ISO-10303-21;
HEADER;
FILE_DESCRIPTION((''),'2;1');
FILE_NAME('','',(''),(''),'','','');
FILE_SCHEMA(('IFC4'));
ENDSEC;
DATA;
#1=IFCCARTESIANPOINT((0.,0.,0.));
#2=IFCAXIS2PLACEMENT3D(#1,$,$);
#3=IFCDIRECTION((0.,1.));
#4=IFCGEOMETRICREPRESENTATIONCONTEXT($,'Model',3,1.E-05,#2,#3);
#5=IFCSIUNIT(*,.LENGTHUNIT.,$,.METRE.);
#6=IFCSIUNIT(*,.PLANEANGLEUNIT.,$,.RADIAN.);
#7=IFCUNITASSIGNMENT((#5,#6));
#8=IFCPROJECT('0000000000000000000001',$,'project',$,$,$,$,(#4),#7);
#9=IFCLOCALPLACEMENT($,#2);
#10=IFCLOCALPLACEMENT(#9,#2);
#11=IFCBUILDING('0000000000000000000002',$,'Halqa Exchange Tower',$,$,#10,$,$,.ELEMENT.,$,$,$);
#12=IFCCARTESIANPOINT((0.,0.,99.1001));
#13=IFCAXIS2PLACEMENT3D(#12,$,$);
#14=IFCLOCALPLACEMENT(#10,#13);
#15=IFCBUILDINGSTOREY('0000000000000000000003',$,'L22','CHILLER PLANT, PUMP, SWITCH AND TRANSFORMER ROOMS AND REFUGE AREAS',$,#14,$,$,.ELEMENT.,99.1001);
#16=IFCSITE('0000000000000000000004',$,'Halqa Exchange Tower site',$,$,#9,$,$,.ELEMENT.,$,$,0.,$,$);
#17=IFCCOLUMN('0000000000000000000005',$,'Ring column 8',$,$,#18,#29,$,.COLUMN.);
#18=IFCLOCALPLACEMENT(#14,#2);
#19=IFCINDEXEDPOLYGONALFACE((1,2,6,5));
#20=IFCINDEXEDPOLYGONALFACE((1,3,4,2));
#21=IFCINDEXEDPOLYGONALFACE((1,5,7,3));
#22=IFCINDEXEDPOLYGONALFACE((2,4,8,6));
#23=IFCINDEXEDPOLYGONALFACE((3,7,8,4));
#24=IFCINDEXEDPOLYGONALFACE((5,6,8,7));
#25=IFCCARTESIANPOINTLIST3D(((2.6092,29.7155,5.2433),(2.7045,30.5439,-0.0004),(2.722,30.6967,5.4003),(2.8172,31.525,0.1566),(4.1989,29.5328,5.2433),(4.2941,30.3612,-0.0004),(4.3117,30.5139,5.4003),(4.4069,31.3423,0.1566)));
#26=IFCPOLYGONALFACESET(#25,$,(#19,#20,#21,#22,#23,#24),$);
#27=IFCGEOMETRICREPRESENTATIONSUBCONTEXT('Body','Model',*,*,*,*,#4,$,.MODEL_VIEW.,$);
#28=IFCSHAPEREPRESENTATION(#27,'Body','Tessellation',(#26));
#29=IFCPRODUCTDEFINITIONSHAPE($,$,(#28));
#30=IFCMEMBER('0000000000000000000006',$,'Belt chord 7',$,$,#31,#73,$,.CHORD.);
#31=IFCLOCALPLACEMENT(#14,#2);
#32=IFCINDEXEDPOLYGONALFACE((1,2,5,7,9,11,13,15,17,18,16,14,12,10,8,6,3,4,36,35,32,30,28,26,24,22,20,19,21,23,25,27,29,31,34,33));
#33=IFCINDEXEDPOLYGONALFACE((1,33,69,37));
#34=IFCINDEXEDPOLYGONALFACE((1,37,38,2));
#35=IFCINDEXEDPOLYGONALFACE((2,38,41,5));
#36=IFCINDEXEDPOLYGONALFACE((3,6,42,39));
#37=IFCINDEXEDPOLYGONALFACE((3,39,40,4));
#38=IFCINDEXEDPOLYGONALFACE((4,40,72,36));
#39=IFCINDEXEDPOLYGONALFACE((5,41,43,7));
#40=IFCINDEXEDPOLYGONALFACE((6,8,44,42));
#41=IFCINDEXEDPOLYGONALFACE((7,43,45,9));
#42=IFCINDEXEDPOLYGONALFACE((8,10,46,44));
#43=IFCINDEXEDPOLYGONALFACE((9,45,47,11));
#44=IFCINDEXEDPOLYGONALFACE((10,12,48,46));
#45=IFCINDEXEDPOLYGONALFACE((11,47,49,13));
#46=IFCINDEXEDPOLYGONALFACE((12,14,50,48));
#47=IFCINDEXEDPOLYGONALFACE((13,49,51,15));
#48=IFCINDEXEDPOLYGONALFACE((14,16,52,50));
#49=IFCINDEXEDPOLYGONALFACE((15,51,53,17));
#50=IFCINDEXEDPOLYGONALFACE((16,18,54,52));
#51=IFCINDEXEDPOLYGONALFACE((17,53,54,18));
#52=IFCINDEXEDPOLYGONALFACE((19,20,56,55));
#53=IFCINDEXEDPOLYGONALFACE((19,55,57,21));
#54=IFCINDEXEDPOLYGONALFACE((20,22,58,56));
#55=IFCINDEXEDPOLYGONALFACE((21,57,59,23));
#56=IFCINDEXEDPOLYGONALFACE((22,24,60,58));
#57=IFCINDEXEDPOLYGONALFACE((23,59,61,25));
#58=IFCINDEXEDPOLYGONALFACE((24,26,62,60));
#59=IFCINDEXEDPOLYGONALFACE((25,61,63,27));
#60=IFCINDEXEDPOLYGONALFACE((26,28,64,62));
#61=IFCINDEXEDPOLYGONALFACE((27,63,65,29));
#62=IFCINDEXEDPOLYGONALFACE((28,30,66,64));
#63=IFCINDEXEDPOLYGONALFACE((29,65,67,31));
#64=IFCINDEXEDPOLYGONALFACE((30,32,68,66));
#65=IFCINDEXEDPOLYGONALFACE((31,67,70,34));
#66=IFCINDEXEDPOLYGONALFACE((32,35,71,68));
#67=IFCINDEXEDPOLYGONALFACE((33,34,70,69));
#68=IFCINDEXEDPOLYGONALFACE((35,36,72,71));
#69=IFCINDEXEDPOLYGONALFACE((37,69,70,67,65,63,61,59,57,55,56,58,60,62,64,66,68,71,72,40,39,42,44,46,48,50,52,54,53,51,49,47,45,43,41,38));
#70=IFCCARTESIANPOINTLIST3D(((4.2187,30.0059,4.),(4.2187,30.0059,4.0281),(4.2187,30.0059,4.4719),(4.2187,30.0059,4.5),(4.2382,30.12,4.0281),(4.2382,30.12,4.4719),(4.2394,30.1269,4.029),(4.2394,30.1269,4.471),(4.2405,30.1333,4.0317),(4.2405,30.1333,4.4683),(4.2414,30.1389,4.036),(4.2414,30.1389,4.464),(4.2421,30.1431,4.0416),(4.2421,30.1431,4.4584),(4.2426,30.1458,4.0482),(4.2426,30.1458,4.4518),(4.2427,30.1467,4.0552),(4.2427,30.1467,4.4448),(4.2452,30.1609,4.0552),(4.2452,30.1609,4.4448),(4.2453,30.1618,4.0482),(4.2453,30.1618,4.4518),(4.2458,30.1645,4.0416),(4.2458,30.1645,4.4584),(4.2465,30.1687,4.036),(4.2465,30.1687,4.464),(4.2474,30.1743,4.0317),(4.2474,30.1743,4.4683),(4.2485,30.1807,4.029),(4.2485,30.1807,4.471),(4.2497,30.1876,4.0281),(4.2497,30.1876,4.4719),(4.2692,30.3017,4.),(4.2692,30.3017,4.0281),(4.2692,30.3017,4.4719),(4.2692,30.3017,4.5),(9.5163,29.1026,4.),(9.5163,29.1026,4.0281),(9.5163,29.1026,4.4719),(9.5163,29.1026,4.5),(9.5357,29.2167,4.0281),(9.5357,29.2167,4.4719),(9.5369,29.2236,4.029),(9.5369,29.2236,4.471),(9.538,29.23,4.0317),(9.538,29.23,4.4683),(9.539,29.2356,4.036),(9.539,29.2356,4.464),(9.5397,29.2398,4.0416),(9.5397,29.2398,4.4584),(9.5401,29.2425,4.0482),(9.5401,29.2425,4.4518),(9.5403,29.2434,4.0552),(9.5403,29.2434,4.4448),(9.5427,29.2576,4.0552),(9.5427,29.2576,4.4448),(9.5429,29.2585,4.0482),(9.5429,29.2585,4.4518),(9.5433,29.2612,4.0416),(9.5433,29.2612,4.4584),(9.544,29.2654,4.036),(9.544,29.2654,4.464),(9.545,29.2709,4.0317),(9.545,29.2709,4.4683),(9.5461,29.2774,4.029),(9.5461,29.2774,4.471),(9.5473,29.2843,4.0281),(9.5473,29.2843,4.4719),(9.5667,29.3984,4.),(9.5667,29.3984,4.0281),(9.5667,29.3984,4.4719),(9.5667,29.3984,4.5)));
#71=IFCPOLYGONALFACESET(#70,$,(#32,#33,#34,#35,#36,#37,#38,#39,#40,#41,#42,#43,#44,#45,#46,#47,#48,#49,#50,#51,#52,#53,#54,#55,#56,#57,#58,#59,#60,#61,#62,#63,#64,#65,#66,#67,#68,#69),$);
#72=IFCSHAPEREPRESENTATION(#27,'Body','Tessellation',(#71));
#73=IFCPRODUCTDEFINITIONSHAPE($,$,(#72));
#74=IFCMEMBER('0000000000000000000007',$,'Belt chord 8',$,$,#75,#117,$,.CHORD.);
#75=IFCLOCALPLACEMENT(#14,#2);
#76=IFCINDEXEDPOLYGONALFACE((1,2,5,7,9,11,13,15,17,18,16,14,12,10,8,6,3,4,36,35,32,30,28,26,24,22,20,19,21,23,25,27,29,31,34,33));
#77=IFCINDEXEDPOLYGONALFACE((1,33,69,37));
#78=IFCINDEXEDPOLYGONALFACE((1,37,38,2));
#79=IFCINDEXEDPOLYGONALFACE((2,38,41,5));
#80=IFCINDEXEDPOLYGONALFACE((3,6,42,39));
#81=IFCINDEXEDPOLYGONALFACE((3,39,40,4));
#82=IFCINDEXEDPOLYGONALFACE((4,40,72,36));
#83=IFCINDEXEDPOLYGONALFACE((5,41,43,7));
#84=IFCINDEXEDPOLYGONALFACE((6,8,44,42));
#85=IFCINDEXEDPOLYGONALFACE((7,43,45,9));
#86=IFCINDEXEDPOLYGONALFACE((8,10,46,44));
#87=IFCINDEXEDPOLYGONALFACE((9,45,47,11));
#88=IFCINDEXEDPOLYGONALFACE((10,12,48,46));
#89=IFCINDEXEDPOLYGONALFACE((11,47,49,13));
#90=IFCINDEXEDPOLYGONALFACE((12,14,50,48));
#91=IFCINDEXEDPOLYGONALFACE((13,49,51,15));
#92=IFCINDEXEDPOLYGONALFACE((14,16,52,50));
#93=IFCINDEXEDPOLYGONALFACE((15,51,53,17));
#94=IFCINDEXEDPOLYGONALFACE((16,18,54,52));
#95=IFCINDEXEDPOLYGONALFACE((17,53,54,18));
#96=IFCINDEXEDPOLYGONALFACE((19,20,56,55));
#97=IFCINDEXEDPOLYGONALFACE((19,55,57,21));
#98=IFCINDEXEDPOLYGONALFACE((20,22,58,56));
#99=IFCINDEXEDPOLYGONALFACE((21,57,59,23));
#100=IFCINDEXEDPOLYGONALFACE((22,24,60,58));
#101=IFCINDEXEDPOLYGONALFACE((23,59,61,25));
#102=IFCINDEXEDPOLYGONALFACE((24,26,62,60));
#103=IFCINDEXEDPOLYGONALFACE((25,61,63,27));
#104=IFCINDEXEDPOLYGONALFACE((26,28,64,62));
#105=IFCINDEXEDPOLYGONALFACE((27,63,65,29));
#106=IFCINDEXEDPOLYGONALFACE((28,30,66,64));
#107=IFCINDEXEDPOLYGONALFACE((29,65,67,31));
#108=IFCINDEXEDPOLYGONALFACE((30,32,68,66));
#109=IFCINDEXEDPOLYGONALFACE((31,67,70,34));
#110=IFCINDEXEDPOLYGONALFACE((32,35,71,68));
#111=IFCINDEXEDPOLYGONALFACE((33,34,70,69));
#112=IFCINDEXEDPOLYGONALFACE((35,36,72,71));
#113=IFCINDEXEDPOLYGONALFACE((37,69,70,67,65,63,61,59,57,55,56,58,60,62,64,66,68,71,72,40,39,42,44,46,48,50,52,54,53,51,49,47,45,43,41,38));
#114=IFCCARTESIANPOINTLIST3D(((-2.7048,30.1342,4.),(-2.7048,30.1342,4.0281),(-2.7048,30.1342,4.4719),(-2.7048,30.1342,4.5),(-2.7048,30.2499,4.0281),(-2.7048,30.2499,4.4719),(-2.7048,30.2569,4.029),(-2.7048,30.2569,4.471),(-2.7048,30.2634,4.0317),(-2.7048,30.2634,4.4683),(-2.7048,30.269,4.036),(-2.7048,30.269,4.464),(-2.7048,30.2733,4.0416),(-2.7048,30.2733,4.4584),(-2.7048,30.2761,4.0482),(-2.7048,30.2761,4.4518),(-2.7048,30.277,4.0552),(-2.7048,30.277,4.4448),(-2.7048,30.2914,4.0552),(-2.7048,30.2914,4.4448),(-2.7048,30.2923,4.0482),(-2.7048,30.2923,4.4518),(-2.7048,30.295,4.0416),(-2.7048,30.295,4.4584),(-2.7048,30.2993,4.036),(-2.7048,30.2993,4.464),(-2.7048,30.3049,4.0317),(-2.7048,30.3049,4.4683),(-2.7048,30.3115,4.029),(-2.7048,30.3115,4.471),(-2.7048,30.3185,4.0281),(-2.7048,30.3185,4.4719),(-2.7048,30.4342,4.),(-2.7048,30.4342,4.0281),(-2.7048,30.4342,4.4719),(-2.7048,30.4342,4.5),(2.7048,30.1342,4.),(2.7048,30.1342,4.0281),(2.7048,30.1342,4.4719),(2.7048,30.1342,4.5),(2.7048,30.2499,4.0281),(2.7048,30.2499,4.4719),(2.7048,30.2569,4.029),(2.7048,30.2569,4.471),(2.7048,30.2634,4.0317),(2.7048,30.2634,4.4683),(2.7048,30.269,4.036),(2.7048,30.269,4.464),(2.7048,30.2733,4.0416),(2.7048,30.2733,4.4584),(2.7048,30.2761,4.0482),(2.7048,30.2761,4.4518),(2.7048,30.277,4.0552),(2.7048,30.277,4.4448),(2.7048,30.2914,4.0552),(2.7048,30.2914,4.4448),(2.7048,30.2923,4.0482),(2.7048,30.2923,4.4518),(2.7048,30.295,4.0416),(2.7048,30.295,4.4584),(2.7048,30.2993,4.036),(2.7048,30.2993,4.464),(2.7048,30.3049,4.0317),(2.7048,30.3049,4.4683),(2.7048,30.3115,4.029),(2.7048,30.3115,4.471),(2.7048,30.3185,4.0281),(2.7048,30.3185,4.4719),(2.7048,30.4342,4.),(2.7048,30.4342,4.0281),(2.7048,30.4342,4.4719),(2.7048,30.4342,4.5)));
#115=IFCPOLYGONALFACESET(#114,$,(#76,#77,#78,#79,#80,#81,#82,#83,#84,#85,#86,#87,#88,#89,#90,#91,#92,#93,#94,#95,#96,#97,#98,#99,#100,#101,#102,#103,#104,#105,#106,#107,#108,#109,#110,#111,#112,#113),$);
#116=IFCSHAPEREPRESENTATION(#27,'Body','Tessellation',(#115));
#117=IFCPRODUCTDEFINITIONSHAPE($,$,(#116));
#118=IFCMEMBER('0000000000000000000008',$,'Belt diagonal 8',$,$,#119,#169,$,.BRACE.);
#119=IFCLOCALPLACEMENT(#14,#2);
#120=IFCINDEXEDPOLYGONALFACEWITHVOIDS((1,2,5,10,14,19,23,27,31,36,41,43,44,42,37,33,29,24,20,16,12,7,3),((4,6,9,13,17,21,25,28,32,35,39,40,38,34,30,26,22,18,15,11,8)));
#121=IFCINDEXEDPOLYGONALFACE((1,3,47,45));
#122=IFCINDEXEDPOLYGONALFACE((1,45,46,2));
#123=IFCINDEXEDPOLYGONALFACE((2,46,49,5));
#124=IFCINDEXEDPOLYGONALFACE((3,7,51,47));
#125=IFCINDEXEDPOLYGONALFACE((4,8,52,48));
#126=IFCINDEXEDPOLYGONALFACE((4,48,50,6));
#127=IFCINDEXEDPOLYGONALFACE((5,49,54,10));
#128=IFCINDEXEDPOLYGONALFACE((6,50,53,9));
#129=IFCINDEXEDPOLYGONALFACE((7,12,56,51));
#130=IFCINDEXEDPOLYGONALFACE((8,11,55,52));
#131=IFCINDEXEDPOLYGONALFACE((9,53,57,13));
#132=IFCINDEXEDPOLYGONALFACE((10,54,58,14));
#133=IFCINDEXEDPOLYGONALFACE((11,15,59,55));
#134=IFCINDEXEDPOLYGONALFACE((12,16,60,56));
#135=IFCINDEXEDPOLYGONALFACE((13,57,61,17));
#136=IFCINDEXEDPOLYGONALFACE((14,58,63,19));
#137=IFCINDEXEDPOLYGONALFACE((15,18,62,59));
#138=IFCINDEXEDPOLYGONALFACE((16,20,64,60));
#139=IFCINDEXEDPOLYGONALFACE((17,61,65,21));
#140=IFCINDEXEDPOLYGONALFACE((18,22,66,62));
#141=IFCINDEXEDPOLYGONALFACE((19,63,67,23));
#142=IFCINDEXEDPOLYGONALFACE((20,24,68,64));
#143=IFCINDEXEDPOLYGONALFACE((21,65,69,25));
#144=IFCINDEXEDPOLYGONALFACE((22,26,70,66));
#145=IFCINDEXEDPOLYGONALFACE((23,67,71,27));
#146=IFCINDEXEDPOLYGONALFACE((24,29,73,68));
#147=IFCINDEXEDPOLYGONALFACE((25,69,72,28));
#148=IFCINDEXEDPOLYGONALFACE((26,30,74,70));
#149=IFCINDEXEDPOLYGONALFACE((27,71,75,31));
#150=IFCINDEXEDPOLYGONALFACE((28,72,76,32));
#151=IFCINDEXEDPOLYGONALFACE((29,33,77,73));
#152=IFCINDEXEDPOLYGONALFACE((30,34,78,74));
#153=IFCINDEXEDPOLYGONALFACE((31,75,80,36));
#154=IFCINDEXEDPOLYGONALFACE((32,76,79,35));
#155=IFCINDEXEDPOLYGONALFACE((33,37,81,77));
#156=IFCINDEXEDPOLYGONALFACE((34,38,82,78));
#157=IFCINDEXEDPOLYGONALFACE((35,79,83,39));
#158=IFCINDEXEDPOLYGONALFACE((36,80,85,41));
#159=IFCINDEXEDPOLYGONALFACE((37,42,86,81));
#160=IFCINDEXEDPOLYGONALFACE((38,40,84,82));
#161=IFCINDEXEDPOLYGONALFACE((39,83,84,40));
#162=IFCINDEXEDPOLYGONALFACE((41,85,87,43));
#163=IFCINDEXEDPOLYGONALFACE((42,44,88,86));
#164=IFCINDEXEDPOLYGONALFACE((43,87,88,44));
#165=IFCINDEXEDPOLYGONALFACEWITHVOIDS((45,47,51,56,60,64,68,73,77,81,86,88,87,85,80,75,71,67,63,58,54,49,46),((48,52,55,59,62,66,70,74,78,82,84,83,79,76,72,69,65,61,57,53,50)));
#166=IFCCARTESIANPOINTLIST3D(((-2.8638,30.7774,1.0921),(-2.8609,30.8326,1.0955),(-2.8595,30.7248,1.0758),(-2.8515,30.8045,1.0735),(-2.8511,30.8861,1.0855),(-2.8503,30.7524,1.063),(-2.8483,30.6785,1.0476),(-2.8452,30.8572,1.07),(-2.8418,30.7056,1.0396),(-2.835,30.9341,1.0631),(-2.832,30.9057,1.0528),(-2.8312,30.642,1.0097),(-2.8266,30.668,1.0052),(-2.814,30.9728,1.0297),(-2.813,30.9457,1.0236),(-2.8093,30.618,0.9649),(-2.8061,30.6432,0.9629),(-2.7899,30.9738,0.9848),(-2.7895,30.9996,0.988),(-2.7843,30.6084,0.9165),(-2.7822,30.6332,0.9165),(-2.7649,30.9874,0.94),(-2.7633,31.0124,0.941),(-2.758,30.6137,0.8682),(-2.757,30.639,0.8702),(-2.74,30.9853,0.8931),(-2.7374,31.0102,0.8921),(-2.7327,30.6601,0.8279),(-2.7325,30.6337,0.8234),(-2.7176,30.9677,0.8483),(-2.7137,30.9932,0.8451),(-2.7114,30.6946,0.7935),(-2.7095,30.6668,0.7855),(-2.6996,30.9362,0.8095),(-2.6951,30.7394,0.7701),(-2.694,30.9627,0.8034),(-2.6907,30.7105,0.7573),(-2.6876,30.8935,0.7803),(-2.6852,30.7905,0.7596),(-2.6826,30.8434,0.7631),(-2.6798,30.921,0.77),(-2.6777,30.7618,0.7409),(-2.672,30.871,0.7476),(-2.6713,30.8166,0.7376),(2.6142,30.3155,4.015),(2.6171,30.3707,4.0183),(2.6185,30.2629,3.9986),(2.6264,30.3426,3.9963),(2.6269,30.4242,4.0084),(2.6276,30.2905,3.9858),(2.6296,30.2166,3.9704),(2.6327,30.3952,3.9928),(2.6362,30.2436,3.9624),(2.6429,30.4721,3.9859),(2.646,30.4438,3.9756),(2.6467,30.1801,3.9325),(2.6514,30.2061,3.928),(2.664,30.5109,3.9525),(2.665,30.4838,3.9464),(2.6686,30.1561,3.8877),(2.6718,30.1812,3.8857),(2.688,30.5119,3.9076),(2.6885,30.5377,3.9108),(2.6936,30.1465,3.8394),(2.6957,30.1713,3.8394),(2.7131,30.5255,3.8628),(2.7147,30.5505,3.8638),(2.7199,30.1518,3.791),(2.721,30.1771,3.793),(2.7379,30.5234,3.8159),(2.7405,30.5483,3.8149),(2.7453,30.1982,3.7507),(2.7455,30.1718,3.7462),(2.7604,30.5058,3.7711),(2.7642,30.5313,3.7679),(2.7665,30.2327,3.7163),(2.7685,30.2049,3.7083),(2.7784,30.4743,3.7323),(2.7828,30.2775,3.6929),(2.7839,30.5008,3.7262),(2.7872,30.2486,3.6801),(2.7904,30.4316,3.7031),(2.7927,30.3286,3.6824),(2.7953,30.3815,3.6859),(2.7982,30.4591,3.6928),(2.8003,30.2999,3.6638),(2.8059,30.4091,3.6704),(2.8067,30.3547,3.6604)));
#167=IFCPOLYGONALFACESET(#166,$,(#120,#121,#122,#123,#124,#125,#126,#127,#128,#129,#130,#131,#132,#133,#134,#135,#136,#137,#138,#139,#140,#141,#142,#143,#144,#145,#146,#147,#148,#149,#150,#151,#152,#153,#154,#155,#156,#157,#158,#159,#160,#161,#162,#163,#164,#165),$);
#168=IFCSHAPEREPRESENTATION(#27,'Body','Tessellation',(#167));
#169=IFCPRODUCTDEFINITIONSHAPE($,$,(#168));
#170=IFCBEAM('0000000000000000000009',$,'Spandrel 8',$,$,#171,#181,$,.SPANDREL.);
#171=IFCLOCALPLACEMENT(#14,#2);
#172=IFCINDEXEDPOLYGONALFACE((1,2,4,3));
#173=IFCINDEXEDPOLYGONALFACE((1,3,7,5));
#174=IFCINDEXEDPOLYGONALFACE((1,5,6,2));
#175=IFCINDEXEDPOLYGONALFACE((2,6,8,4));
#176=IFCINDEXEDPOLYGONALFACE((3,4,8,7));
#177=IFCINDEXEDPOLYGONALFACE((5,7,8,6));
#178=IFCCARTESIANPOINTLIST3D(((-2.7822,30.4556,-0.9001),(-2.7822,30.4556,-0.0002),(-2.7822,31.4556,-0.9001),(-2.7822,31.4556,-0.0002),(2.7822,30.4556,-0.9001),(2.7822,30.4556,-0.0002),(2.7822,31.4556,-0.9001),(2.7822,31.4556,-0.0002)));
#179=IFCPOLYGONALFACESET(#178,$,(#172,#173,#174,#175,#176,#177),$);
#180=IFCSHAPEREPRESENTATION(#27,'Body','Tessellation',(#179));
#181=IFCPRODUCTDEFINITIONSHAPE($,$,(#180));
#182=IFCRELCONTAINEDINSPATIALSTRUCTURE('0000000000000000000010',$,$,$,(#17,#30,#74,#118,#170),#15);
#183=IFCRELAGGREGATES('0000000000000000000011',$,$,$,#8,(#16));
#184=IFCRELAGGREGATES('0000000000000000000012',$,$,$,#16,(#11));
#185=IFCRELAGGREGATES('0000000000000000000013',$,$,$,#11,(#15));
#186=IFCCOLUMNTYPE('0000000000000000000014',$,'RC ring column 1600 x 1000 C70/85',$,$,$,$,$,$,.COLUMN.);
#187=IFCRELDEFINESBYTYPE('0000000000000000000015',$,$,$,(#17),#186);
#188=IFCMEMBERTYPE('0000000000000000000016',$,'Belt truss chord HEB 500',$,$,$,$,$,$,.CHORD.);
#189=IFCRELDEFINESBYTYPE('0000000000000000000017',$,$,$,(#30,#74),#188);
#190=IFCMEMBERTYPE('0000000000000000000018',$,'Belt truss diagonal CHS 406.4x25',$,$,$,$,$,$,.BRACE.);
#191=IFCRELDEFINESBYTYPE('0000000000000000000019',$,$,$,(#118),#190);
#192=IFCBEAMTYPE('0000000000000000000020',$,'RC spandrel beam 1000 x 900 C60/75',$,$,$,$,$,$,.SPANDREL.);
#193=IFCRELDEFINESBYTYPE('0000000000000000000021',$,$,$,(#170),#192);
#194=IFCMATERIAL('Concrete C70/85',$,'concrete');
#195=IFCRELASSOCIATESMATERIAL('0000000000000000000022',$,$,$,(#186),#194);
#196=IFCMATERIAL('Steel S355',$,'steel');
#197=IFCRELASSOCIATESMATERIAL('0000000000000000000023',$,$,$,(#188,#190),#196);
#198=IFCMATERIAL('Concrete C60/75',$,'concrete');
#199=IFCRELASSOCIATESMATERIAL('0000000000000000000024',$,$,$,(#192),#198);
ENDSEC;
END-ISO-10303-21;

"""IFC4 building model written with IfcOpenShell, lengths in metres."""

from ifc_helpers import new_model, si_unit, direction, frame, origin, origin_2d, place, context, subcontext, project, spatial, rectangle, hollow_circle, i_section, extrude, material, material_profile, profile_set, type_object, element, save


model = new_model("IFC4")

# Units and contexts
model_context = context("Model", 3, precision=1e-05, world=origin(), true_north=direction((0.0, 1.0)))
body_context = subcontext(model_context, "Body", "Model", "MODEL_VIEW")
ifc_project = project(units=[si_unit("LENGTHUNIT", "METRE"), si_unit("PLANEANGLEUNIT", "RADIAN")], contexts=[model_context])

# Site, building, storey
site_placement = place(None, origin())
site = spatial("IfcSite", under=ifc_project, at=site_placement, Name="Halqa Exchange Tower site", CompositionType="ELEMENT", RefElevation=0.0)
building_placement = place(site_placement, origin())
building = spatial("IfcBuilding", under=site, at=building_placement, Name="Halqa Exchange Tower", CompositionType="ELEMENT")
storey_placement = place(building_placement, frame((0.0, 0.0, 99.1001)))
storey = spatial("IfcBuildingStorey", under=building, at=storey_placement, Name="L22", Description="CHILLER PLANT, PUMP, SWITCH AND TRANSFORMER ROOMS AND REFUGE AREAS", CompositionType="ELEMENT", Elevation=99.1001)

# Column
ifc_material_1 = material(Name="Concrete C70/85", Category="concrete")
ifc_material_profile_1 = material_profile(ifc_material_1, rectangle(XDim=1.6001, YDim=1.0, at=origin_2d()), Name="1600 x 1000")
ifc_profile_set_1 = profile_set([ifc_material_profile_1], Name="Concrete C70/85")
column_type = type_object("IfcColumnType", Name="RC ring column 1600 x 1000 C70/85", PredefinedType="COLUMN", material=ifc_profile_set_1)
column_placement = place(storey_placement, frame((3.5557, 30.9431, 0.0781), z_axis=(-0.017933, -0.156015, 0.987592), x_axis=(0.993459, -0.114191, 0.0)))
element("IfcColumn", 1, at=column_placement, inside=storey, type_object=column_type, Name="Ring column 8", PredefinedType="COLUMN", context=body_context, shape_type="SweptSolid", body=[
    extrude(rectangle(XDim=1.6001, YDim=1.0, at=origin_2d()), origin(), (0.0, 0.0, 1.0), 5.3096),
])

# Members
ifc_material_2 = material(Name="Steel S355", Category="steel")
ifc_material_profile_2 = material_profile(ifc_material_2, i_section(OverallWidth=0.3, OverallDepth=0.5, WebThickness=0.0144, FlangeThickness=0.0281, FilletRadius=0.0271, at=origin_2d()), Name="HEB 500")
ifc_profile_set_2 = profile_set([ifc_material_profile_2], Name="Steel S355")
member_type_1 = type_object("IfcMemberType", Name="Belt truss chord HEB 500", PredefinedType="CHORD", material=ifc_profile_set_2)
member_1_placement = place(storey_placement, frame((9.5415, 29.2505, 4.25), z_axis=(-0.985772, 0.168089, 0.0), x_axis=(-0.168089, -0.985772, 0.0)))
element("IfcMember", 2, at=member_1_placement, inside=storey, type_object=member_type_1, Name="Belt chord 7", PredefinedType="CHORD", context=body_context, shape_type="SweptSolid", body=[
    extrude(i_section(OverallWidth=0.3, OverallDepth=0.5, WebThickness=0.0144, FlangeThickness=0.0281, FilletRadius=0.0271, at=origin_2d()), origin(), (0.0, 0.0, 1.0), 5.374),
])
member_2_placement = place(storey_placement, frame((2.7048, 30.2842, 4.25), z_axis=(-1.0, 0.0, 0.0), x_axis=(0.0, -1.0, 0.0)))
element("IfcMember", 3, at=member_2_placement, inside=storey, type_object=member_type_1, Name="Belt chord 8", PredefinedType="CHORD", context=body_context, shape_type="SweptSolid", body=[
    extrude(i_section(OverallWidth=0.3, OverallDepth=0.5, WebThickness=0.0144, FlangeThickness=0.0281, FilletRadius=0.0271, at=origin_2d()), origin(), (0.0, 0.0, 1.0), 5.4097),
])
ifc_material_profile_3 = material_profile(ifc_material_2, hollow_circle(Radius=0.2031, WallThickness=0.0249, at=origin_2d()), Name="CHS 406.4x25")
ifc_profile_set_3 = profile_set([ifc_material_profile_3], Name="Steel S355")
member_type_2 = type_object("IfcMemberType", Name="Belt truss diagonal CHS 406.4x25", PredefinedType="BRACE", material=ifc_profile_set_3)
member_3_placement = place(storey_placement, frame((2.7107, 30.3489, 3.8394), z_axis=(-0.879839, 0.074189, -0.469446), x_axis=(-0.084023, -0.996464, 0.0)))
element("IfcMember", 4, at=member_3_placement, inside=storey, type_object=member_type_2, Name="Belt diagonal 8", PredefinedType="BRACE", context=body_context, shape_type="SweptSolid", body=[
    extrude(hollow_circle(Radius=0.2031, WallThickness=0.0249, at=origin_2d()), origin(), (0.0, 0.0, 1.0), 6.2261),
])

# Beam
ifc_material_3 = material(Name="Concrete C60/75", Category="concrete")
ifc_material_profile_4 = material_profile(ifc_material_3, rectangle(XDim=1.0, YDim=0.8999, at=origin_2d()), Name="1000 x 900")
ifc_profile_set_4 = profile_set([ifc_material_profile_4], Name="Concrete C60/75")
beam_type = type_object("IfcBeamType", Name="RC spandrel beam 1000 x 900 C60/75", PredefinedType="SPANDREL", material=ifc_profile_set_4)
beam_placement = place(storey_placement, frame((2.7822, 30.9556, -0.4502), z_axis=(-1.0, 0.0, 0.0), x_axis=(0.0, -1.0, 0.0)))
element("IfcBeam", 5, at=beam_placement, inside=storey, type_object=beam_type, Name="Spandrel 8", PredefinedType="SPANDREL", context=body_context, shape_type="SweptSolid", body=[
    extrude(rectangle(XDim=1.0, YDim=0.8999, at=origin_2d()), origin(), (0.0, 0.0, 1.0), 5.5645),
])

save(model, "model.ifc")
